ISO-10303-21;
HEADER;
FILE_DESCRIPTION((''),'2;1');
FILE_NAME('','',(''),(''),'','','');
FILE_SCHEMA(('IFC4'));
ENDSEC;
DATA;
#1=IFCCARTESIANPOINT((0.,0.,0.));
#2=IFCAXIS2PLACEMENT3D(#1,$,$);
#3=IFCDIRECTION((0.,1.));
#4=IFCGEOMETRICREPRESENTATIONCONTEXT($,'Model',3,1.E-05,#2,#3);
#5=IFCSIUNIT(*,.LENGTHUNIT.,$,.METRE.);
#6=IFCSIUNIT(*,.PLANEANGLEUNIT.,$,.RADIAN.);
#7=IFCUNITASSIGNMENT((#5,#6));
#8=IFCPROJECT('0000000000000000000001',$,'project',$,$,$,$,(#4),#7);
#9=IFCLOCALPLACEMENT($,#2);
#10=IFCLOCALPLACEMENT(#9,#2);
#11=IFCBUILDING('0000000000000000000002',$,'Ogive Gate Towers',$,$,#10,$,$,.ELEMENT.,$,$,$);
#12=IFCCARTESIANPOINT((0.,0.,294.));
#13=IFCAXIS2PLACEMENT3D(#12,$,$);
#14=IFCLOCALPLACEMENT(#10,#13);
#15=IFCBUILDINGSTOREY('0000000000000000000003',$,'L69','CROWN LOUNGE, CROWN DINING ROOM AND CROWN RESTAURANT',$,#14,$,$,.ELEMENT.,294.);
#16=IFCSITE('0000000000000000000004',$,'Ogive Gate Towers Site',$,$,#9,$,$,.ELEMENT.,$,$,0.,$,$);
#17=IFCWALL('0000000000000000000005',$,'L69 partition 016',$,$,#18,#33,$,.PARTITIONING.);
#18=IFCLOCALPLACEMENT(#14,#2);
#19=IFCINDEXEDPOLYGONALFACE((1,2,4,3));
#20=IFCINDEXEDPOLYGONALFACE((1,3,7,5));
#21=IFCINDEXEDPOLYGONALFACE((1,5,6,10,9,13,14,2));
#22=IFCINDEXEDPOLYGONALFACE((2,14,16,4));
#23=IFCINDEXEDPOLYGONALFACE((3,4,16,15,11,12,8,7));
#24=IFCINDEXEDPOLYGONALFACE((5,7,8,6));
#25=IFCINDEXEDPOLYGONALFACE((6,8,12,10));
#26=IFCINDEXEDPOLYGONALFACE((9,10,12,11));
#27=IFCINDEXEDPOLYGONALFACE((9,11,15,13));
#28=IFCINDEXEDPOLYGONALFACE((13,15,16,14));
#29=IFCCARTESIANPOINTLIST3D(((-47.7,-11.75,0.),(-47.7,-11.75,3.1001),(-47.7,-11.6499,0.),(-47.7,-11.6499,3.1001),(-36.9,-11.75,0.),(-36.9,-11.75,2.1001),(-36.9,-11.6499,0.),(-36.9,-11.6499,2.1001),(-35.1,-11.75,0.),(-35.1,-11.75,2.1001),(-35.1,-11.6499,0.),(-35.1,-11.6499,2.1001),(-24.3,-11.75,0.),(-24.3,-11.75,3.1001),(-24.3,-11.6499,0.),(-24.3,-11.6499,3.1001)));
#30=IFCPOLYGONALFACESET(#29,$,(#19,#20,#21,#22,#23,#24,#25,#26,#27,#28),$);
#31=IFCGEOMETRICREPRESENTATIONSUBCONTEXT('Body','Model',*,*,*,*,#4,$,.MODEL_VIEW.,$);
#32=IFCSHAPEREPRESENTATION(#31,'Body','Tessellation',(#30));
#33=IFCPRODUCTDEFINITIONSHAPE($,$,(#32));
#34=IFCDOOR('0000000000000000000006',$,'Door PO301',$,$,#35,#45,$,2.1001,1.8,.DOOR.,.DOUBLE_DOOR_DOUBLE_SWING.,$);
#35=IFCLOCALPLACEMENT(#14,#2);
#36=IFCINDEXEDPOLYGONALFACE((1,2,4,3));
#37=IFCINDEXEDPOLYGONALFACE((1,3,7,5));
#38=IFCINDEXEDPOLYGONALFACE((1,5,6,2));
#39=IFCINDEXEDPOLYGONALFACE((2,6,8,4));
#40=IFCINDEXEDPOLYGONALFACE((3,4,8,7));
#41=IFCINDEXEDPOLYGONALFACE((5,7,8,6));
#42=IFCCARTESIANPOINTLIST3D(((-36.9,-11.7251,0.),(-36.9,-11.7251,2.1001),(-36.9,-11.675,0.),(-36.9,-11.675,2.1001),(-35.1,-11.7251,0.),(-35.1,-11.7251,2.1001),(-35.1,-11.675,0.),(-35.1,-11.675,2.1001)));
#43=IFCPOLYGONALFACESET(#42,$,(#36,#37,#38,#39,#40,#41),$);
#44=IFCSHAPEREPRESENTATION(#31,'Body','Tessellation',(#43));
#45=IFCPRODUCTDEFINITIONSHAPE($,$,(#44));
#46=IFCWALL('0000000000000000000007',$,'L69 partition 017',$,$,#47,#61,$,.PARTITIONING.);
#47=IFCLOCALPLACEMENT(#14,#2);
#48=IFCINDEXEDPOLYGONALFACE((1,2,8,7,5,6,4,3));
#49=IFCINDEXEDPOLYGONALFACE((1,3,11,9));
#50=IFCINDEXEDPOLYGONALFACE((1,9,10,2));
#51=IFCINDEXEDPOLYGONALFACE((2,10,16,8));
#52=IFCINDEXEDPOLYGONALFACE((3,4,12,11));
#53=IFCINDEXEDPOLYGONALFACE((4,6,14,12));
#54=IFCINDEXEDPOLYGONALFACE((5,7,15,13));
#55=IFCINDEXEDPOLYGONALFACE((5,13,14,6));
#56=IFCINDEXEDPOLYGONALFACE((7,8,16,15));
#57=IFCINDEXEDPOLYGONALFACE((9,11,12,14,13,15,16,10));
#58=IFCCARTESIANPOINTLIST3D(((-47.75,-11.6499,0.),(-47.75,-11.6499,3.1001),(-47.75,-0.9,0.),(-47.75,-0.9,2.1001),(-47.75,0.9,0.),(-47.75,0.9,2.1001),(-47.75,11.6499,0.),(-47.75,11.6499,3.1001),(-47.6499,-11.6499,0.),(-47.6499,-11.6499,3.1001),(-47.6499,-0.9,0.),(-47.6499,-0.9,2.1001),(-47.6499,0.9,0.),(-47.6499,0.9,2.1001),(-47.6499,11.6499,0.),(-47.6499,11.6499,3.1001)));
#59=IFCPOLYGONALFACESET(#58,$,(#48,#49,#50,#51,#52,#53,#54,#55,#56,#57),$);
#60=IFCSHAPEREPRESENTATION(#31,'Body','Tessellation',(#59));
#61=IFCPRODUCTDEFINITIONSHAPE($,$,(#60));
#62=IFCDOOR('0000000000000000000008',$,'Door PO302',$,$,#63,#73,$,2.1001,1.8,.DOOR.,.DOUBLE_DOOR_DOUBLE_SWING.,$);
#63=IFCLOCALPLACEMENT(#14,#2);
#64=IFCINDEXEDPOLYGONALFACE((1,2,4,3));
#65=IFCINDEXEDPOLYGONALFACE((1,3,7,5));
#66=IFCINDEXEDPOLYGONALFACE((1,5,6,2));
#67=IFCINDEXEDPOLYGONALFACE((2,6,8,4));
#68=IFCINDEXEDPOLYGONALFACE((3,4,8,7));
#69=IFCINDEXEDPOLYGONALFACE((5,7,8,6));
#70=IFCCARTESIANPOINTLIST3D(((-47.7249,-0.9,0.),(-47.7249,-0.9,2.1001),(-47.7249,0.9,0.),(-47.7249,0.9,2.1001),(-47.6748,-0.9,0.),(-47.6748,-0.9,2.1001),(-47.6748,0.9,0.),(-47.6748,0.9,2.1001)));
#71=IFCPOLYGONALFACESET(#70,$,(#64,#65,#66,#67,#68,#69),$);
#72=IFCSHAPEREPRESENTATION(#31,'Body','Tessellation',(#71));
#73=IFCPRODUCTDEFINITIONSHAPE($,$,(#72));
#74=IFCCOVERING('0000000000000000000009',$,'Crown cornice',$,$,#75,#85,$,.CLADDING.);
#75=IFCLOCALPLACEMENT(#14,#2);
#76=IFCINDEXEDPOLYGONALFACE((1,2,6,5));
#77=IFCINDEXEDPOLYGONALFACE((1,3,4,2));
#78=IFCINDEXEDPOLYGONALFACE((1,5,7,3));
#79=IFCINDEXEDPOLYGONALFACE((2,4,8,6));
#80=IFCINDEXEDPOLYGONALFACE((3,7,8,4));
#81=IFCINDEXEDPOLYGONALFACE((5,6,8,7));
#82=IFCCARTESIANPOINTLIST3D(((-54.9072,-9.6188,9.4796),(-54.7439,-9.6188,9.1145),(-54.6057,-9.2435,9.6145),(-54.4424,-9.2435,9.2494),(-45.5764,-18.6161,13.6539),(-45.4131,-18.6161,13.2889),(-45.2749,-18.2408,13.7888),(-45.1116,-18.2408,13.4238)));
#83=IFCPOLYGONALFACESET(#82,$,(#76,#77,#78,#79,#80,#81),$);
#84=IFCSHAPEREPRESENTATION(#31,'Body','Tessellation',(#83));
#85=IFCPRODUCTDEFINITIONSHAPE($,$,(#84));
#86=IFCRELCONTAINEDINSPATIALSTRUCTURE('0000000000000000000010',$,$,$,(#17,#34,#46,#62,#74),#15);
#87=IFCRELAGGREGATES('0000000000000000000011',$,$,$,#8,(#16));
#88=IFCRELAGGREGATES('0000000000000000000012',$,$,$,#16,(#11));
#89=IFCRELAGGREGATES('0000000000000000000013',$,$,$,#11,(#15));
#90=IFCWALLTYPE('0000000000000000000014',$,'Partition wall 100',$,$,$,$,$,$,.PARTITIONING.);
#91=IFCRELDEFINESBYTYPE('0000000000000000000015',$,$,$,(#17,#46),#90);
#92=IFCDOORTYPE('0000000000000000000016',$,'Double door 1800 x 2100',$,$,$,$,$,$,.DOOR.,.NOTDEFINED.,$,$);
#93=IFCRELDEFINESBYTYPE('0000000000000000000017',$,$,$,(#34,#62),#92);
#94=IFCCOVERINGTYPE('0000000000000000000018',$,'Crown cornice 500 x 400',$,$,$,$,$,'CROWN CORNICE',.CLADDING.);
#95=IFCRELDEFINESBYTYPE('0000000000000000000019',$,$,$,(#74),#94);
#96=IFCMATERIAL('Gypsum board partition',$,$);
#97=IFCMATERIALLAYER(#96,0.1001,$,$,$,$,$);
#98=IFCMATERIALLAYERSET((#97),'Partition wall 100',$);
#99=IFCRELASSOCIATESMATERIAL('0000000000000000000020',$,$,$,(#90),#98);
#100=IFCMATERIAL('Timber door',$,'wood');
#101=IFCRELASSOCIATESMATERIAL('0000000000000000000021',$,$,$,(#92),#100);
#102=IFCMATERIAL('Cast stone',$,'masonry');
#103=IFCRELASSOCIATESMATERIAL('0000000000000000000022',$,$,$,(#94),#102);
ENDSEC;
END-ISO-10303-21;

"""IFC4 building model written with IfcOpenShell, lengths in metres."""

from ifc_helpers import new_model, si_unit, direction, frame, frame_2d, origin, origin_2d, place, context, subcontext, project, spatial, rectangle, extrude, material, layer, layer_set, material_profile, profile_set, type_object, element, fill, save


model = new_model("IFC4")

# Units and contexts
model_context = context("Model", 3, precision=1e-05, world=origin(), true_north=direction((0.0, 1.0)))
body_context = subcontext(model_context, "Body", "Model", "MODEL_VIEW")
ifc_project = project(units=[si_unit("LENGTHUNIT", "METRE"), si_unit("PLANEANGLEUNIT", "RADIAN")], contexts=[model_context])

# Site, building, storey
site_placement = place(None, origin())
site = spatial("IfcSite", under=ifc_project, at=site_placement, Name="Ogive Gate Towers Site", CompositionType="ELEMENT", RefElevation=0.0)
building_placement = place(site_placement, origin())
building = spatial("IfcBuilding", under=site, at=building_placement, Name="Ogive Gate Towers", CompositionType="ELEMENT")
storey_placement = place(building_placement, frame((0.0, 0.0, 294.0)))
storey = spatial("IfcBuildingStorey", under=building, at=storey_placement, Name="L69", Description="CROWN LOUNGE, CROWN DINING ROOM AND CROWN RESTAURANT", CompositionType="ELEMENT", Elevation=294.0)

# Shared definitions
ifc_material_1 = material(Name="Gypsum board partition")
ifc_layer_1 = layer(ifc_material_1, 0.1001)
ifc_layer_set_1 = layer_set([ifc_layer_1], Name="Partition wall 100")
wall_type = type_object("IfcWallType", Name="Partition wall 100", PredefinedType="PARTITIONING", material=ifc_layer_set_1)

# Walls, openings, doors
wall_1_placement = place(storey_placement, frame((-47.7, -11.7, 0.0), z_axis=(0.0, 0.0, 1.0), x_axis=(1.0, 0.0, 0.0)))
wall_1 = element("IfcWall", 1, at=wall_1_placement, inside=storey, type_object=wall_type, Name="L69 partition 016", PredefinedType="PARTITIONING", context=body_context, shape_type="SweptSolid", body=[
    extrude(rectangle(XDim=23.3999, YDim=0.1001, at=frame_2d((11.7, 0.0))), origin(), (0.0, 0.0, 1.0), 3.1001),
])
opening_1_placement = place(wall_1_placement, frame((10.8, 0.0, 0.0)))
opening_1 = element("IfcOpeningElement", 2, at=opening_1_placement, cuts=wall_1, PredefinedType="OPENING", context=body_context, shape_type="SweptSolid", body=[
    extrude(rectangle(XDim=1.8, YDim=2.1001, at=frame_2d((0.8999, 1.05))), frame((0.0, 0.0601, 0.0), z_axis=(0.0, -1.0, 0.0), x_axis=(1.0, 0.0, 0.0)), (0.0, 0.0, 1.0), 0.1201),
])
ifc_material_2 = material(Name="Timber door", Category="wood")
door_type = type_object("IfcDoorType", Name="Double door 1800 x 2100", OperationType="NOTDEFINED", PredefinedType="DOOR", material=ifc_material_2)
door_1_placement = place(opening_1_placement, origin())
door_1 = element("IfcDoor", 3, at=door_1_placement, inside=storey, type_object=door_type, Name="Door PO301", OperationType="DOUBLE_DOOR_DOUBLE_SWING", OverallHeight=2.1001, OverallWidth=1.8, PredefinedType="DOOR", context=body_context, shape_type="SweptSolid", body=[
    extrude(rectangle(XDim=1.8, YDim=2.1001, at=frame_2d((0.8999, 1.05))), frame((0.0, 0.0249, 0.0), z_axis=(0.0, -1.0, 0.0), x_axis=(1.0, 0.0, 0.0)), (0.0, 0.0, 1.0), 0.05),
])
fill(opening_1, door_1)
wall_2_placement = place(storey_placement, frame((-47.7, -11.6499, 0.0), z_axis=(0.0, 0.0, 1.0), x_axis=(0.0, 1.0, 0.0)))
wall_2 = element("IfcWall", 4, at=wall_2_placement, inside=storey, type_object=wall_type, Name="L69 partition 017", PredefinedType="PARTITIONING", context=body_context, shape_type="SweptSolid", body=[
    extrude(rectangle(XDim=23.2998, YDim=0.1001, at=frame_2d((11.6499, 0.0))), origin(), (0.0, 0.0, 1.0), 3.1001),
])
opening_2_placement = place(wall_2_placement, frame((10.75, 0.0, 0.0)))
opening_2 = element("IfcOpeningElement", 5, at=opening_2_placement, cuts=wall_2, PredefinedType="OPENING", context=body_context, shape_type="SweptSolid", body=[
    extrude(rectangle(XDim=1.8, YDim=2.1001, at=frame_2d((0.8999, 1.05))), frame((0.0, 0.0601, 0.0), z_axis=(0.0, -1.0, 0.0), x_axis=(1.0, 0.0, 0.0)), (0.0, 0.0, 1.0), 0.1201),
])
door_2_placement = place(opening_2_placement, origin())
door_2 = element("IfcDoor", 6, at=door_2_placement, inside=storey, type_object=door_type, Name="Door PO302", OperationType="DOUBLE_DOOR_DOUBLE_SWING", OverallHeight=2.1001, OverallWidth=1.8, PredefinedType="DOOR", context=body_context, shape_type="SweptSolid", body=[
    extrude(rectangle(XDim=1.8, YDim=2.1001, at=frame_2d((0.8999, 1.05))), frame((0.0, 0.0249, 0.0), z_axis=(0.0, -1.0, 0.0), x_axis=(1.0, 0.0, 0.0)), (0.0, 0.0, 1.0), 0.05),
])
fill(opening_2, door_2)

# Covering
ifc_material_3 = material(Name="Cast stone", Category="masonry")
ifc_material_profile_1 = material_profile(ifc_material_3, rectangle(XDim=0.5, YDim=0.3999, at=origin_2d()), Name="500 x 400 cast stone")
ifc_profile_set_1 = profile_set([ifc_material_profile_1], Name="Cast stone")
covering_type = type_object("IfcCoveringType", Name="Crown cornice 500 x 400", ElementType="CROWN CORNICE", PredefinedType="CLADDING", material=ifc_profile_set_1)
covering_placement = place(storey_placement, frame((-54.6748, -9.4312, 9.3645), z_axis=(0.685199, -0.660709, 0.306537), x_axis=(-0.603105, -0.750642, -0.269817)))
element("IfcCovering", 7, at=covering_placement, inside=storey, type_object=covering_type, Name="Crown cornice", PredefinedType="CLADDING", context=body_context, shape_type="SweptSolid", body=[
    extrude(rectangle(XDim=0.5, YDim=0.3999, at=origin_2d()), origin(), (0.0, 0.0, 1.0), 13.6177),
])

save(model, "model.ifc")
